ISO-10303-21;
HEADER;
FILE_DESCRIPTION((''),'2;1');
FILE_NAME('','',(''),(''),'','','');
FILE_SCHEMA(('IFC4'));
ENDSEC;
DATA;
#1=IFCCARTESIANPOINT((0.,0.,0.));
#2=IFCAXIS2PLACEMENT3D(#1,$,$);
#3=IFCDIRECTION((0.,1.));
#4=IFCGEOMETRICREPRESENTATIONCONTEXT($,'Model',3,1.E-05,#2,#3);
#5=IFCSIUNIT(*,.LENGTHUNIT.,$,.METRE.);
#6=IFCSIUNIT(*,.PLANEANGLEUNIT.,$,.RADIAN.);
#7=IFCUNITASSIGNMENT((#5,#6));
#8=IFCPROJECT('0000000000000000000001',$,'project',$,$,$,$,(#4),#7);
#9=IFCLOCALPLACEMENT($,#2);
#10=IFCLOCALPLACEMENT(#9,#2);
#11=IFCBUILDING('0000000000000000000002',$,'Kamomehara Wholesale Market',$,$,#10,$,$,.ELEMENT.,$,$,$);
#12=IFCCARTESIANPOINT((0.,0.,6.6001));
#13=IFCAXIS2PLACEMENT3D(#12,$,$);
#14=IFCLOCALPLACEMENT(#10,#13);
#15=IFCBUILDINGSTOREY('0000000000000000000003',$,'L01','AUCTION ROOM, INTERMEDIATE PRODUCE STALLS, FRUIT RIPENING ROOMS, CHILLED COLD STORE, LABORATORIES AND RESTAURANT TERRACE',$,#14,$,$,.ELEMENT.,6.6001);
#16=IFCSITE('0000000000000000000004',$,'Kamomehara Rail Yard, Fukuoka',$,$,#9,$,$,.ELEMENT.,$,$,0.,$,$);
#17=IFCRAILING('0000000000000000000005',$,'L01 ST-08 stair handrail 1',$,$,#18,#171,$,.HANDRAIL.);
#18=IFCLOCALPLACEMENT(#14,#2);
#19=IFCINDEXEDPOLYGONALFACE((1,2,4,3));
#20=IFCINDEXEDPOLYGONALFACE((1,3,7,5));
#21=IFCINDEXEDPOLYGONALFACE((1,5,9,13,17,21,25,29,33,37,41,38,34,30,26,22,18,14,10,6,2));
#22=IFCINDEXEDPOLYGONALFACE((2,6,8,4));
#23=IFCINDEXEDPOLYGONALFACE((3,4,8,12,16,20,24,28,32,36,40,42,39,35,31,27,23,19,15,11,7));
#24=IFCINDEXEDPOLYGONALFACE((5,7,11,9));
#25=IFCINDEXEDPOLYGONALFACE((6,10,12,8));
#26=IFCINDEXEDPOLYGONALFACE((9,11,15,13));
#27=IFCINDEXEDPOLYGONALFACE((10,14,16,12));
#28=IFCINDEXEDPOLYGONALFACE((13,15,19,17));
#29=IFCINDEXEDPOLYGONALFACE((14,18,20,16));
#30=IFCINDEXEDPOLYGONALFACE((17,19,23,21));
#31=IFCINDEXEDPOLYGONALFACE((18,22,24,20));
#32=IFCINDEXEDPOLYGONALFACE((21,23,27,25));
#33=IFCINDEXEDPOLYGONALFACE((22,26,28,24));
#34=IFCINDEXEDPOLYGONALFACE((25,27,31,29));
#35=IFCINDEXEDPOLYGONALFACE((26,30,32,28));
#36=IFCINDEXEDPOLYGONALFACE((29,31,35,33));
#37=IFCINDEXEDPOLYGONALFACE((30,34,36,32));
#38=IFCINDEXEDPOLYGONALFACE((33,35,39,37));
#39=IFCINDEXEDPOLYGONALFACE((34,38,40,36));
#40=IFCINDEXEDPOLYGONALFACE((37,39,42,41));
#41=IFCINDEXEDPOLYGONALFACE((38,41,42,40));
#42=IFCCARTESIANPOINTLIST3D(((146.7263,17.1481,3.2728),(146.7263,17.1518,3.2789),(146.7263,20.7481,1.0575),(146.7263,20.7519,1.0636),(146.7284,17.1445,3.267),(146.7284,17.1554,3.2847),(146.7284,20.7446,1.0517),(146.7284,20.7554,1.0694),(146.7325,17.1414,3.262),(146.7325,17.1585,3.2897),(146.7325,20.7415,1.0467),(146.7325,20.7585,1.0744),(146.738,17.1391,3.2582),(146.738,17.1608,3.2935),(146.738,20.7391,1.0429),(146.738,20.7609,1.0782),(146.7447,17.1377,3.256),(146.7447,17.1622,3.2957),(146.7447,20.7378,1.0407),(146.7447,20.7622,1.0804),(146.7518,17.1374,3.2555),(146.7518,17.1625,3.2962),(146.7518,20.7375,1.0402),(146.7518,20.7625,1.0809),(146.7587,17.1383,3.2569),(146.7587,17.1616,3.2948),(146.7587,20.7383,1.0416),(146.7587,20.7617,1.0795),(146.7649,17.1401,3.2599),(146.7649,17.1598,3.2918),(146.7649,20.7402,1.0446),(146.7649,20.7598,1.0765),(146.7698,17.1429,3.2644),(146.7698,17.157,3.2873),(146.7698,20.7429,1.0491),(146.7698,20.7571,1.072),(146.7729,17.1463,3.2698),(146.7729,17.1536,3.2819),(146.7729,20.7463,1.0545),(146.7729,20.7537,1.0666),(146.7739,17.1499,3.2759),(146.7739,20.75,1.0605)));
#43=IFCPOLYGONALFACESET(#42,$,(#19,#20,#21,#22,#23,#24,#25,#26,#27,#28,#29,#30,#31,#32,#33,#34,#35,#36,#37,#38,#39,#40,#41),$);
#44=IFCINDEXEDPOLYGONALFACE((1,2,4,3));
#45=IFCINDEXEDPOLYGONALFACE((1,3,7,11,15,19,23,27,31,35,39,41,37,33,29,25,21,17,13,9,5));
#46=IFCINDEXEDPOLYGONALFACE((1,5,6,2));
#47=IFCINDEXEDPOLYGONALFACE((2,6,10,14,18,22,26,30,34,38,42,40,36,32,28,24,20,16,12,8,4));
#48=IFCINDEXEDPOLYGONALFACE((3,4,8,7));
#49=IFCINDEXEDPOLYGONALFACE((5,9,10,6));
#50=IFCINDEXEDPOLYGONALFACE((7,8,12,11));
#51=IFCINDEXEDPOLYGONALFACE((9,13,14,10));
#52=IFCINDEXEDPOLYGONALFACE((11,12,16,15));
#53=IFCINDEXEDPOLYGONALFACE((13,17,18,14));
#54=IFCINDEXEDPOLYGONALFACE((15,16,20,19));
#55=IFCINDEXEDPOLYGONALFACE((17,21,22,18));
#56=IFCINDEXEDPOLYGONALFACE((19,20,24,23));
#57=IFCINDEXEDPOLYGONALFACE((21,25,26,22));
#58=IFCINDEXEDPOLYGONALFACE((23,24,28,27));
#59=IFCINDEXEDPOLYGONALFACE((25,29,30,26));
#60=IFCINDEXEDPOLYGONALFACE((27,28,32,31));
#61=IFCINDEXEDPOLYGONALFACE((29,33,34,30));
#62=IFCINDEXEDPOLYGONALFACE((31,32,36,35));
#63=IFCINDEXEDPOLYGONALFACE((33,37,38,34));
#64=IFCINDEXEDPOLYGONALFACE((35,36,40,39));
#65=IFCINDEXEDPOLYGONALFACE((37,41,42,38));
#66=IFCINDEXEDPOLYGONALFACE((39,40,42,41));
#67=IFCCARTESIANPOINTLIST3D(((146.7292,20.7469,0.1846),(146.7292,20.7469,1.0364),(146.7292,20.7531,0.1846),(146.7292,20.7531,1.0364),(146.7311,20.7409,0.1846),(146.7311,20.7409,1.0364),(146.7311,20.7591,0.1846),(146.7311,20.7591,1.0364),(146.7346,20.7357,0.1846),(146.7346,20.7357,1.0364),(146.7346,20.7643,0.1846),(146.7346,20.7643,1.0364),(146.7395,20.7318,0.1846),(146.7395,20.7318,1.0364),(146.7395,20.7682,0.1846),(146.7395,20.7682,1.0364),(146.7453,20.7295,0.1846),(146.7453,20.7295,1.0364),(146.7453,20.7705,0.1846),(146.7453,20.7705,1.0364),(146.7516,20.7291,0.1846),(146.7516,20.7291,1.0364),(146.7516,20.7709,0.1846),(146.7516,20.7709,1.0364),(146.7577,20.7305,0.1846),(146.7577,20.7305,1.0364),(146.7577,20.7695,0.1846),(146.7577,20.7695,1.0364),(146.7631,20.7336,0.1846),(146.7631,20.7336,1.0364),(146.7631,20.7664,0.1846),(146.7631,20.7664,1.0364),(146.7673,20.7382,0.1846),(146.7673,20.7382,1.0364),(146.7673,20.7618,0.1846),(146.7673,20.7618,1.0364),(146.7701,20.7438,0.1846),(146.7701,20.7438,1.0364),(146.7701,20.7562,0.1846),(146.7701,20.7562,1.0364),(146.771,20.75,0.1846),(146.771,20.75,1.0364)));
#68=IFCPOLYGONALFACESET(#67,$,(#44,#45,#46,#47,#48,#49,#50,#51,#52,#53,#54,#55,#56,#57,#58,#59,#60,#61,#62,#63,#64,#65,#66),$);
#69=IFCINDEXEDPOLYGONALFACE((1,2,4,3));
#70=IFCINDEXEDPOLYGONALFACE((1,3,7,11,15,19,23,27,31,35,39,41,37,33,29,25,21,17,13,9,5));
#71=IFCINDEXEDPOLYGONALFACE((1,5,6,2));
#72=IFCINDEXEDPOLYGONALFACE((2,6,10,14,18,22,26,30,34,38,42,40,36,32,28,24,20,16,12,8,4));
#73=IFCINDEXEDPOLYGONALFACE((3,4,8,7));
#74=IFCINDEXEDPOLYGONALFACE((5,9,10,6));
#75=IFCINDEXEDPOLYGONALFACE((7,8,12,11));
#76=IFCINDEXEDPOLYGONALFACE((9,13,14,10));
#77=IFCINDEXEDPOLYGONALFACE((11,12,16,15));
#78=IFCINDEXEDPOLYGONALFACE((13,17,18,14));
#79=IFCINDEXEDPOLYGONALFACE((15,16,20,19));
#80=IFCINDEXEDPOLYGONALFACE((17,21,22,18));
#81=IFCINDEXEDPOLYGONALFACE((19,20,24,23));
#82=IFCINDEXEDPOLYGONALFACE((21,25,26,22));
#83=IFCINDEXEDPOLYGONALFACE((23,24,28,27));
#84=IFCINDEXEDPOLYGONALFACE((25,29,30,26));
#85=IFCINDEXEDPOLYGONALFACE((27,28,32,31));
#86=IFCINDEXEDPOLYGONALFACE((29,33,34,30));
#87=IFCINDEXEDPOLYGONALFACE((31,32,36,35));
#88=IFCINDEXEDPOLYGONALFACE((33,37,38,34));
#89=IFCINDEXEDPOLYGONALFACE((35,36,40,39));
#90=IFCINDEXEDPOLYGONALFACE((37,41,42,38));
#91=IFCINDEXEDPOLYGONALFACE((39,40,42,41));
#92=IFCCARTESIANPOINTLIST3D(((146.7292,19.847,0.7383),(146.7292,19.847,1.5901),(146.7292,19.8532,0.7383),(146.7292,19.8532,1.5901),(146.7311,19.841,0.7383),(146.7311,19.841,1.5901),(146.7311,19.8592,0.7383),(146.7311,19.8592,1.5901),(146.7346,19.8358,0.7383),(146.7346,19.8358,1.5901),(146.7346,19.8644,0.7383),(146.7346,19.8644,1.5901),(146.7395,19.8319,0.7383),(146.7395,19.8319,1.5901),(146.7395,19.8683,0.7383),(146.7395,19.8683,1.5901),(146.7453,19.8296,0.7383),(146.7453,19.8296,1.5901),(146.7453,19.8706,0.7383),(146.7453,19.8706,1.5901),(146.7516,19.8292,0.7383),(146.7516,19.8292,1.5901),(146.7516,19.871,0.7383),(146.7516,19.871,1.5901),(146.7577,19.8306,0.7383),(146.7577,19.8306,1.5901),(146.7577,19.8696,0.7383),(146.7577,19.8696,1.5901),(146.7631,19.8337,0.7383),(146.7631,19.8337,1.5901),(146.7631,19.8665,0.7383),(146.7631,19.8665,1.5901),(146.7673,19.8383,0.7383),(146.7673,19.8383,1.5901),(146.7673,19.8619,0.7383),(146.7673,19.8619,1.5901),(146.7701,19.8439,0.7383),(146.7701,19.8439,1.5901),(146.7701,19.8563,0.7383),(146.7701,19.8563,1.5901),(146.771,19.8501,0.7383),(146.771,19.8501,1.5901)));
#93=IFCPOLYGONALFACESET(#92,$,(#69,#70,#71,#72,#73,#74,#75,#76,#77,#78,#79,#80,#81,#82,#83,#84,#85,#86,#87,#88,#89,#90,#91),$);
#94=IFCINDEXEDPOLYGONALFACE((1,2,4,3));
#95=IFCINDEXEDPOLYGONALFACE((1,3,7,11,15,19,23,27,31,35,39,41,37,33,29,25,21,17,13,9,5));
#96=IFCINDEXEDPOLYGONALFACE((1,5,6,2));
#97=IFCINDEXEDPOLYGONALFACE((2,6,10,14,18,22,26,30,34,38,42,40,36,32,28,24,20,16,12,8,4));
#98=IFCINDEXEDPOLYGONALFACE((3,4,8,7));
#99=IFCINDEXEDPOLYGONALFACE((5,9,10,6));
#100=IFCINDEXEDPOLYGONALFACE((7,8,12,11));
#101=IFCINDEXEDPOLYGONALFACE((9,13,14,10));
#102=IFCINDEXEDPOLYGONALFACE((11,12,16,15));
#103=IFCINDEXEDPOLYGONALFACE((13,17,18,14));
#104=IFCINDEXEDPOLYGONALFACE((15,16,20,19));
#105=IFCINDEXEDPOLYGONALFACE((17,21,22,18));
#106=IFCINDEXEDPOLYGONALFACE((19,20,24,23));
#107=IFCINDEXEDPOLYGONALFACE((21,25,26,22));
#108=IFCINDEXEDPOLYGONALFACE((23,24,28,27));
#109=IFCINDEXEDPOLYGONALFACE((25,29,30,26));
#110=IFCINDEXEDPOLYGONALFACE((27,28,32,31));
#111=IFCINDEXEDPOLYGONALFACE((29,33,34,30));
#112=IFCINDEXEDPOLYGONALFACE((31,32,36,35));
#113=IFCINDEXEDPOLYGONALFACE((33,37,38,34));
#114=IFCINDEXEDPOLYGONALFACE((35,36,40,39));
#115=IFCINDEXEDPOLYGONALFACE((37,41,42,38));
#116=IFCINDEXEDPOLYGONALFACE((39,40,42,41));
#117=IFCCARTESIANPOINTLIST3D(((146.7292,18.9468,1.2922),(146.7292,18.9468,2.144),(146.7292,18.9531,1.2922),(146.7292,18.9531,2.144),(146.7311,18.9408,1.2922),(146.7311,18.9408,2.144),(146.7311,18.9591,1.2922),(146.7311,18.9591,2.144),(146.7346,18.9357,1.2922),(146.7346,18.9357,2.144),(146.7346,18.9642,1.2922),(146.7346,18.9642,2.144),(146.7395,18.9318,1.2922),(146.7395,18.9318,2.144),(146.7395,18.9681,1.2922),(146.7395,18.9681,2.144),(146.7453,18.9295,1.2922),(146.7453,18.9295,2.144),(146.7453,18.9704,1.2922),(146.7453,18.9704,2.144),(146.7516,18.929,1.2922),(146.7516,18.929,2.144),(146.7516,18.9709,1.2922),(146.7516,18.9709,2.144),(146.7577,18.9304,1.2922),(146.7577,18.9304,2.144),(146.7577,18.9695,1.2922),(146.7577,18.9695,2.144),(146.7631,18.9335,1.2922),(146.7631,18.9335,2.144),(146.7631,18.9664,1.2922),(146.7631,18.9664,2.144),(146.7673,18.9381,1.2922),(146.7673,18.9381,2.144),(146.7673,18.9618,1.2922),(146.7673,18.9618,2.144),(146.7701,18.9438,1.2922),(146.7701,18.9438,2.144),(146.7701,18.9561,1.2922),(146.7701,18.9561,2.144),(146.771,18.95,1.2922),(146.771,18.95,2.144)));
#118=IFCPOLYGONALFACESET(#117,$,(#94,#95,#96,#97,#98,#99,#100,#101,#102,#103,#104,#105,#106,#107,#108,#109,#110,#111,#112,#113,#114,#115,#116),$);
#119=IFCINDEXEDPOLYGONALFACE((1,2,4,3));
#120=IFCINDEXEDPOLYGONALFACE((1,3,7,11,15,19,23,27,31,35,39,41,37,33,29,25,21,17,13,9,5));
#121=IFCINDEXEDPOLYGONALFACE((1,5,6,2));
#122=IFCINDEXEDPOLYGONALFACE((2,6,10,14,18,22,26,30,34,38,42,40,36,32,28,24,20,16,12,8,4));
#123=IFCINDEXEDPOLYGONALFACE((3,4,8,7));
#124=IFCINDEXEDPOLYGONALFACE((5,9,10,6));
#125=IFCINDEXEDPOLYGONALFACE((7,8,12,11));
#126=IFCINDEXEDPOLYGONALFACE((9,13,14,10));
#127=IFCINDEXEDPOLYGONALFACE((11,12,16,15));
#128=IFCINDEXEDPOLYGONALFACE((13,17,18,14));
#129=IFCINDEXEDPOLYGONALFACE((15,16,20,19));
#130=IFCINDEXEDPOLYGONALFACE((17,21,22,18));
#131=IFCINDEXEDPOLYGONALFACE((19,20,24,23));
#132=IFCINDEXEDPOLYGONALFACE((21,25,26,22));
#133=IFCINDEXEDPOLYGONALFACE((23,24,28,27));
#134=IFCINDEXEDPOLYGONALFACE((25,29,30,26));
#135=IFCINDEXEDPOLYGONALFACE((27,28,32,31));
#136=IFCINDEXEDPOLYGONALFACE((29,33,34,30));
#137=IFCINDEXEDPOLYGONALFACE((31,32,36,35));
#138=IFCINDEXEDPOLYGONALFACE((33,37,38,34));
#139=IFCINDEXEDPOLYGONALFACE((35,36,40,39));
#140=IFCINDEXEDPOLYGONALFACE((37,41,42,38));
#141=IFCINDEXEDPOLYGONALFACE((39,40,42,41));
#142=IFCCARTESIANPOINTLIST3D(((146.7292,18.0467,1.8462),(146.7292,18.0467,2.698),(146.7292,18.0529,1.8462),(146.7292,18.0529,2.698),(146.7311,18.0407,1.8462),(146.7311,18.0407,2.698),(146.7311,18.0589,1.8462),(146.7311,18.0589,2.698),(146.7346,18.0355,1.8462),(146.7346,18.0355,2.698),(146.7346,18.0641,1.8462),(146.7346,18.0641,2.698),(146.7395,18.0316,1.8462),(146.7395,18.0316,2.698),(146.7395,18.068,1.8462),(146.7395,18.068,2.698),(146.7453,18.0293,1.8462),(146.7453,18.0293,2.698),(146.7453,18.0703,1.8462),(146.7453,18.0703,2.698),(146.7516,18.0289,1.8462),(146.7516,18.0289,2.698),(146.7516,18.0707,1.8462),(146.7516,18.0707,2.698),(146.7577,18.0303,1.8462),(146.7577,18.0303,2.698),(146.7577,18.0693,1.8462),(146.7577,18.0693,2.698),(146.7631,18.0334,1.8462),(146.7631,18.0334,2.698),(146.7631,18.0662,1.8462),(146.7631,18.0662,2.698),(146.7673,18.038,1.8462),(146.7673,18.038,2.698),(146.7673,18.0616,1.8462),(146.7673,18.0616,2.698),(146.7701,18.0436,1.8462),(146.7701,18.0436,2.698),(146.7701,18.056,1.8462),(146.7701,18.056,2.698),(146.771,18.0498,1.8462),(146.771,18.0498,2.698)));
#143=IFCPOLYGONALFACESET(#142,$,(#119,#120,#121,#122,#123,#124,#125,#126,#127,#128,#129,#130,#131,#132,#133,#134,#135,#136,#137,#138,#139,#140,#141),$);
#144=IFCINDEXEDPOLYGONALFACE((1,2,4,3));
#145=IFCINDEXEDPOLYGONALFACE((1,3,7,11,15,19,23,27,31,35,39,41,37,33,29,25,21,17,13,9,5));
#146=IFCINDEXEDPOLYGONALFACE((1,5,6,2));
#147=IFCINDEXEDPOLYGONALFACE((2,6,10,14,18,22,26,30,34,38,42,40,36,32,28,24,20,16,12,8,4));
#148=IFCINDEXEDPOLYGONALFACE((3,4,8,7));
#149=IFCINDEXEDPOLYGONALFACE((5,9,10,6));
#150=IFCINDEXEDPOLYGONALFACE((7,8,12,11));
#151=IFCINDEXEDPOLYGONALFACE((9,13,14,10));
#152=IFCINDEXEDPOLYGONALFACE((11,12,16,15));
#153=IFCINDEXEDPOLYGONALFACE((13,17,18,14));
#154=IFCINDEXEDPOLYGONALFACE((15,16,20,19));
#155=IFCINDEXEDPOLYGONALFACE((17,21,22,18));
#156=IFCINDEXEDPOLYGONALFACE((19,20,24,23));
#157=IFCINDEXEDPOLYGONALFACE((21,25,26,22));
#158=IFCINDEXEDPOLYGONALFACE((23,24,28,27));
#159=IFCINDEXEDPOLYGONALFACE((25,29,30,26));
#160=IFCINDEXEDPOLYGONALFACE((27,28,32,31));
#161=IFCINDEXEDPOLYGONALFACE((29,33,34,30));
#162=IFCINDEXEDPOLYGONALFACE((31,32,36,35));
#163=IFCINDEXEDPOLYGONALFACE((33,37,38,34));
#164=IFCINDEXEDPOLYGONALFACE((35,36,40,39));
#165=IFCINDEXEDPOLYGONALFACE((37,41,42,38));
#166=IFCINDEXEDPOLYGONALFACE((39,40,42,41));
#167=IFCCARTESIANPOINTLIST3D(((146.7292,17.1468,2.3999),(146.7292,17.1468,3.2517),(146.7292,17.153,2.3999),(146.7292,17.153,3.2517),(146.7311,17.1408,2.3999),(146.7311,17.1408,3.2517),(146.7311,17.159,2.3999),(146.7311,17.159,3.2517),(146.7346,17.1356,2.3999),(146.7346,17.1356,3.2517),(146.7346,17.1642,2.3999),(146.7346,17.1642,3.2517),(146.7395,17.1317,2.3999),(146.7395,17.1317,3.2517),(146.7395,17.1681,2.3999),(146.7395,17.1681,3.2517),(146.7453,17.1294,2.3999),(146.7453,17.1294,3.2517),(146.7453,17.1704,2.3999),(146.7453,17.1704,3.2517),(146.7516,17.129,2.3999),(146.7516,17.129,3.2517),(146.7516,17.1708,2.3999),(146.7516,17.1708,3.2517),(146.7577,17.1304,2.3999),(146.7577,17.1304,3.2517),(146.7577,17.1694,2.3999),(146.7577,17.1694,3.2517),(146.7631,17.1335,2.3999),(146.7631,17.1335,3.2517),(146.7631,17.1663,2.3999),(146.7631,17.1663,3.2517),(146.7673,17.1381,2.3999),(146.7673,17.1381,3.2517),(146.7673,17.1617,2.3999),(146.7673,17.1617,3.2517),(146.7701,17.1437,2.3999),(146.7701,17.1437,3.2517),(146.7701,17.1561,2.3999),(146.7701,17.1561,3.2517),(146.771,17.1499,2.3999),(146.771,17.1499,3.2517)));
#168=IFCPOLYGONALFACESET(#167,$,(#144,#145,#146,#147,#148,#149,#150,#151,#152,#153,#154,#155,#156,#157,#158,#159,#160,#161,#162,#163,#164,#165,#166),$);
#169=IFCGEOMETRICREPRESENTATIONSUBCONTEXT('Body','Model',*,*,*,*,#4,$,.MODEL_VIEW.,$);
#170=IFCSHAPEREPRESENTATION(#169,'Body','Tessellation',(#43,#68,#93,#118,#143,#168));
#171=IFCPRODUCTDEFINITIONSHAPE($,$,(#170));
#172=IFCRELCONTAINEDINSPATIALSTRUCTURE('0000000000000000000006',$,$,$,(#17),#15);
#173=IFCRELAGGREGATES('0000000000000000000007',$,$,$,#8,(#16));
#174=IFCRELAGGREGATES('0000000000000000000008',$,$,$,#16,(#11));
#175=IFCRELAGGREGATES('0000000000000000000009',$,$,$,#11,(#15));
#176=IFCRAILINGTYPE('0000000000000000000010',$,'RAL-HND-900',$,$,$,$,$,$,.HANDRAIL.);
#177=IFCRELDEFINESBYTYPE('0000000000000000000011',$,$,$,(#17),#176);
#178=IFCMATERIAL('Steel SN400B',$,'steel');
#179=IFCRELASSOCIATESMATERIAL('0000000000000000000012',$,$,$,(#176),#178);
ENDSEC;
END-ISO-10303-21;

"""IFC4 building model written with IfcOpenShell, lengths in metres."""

from ifc_helpers import new_model, si_unit, direction, frame, origin, origin_2d, place, context, subcontext, project, spatial, circle, extrude, material, type_object, element, save


model = new_model("IFC4")

# Units and contexts
model_context = context("Model", 3, precision=1e-05, world=origin(), true_north=direction((0.0, 1.0)))
body_context = subcontext(model_context, "Body", "Model", "MODEL_VIEW")
ifc_project = project(units=[si_unit("LENGTHUNIT", "METRE"), si_unit("PLANEANGLEUNIT", "RADIAN")], contexts=[model_context])

# Site, building, storey
site_placement = place(None, origin())
site = spatial("IfcSite", under=ifc_project, at=site_placement, Name="Kamomehara Rail Yard, Fukuoka", CompositionType="ELEMENT", RefElevation=0.0)
building_placement = place(site_placement, origin())
building = spatial("IfcBuilding", under=site, at=building_placement, Name="Kamomehara Wholesale Market", CompositionType="ELEMENT")
storey_placement = place(building_placement, frame((0.0, 0.0, 6.6001)))
storey = spatial("IfcBuildingStorey", under=building, at=storey_placement, Name="L01", Description="AUCTION ROOM, INTERMEDIATE PRODUCE STALLS, FRUIT RIPENING ROOMS, CHILLED COLD STORE, LABORATORIES AND RESTAURANT TERRACE", CompositionType="ELEMENT", Elevation=6.6001)

# Railing
ifc_material_1 = material(Name="Steel SN400B", Category="steel")
railing_type_1 = type_object("IfcRailingType", Name="RAL-HND-900", PredefinedType="HANDRAIL", material=ifc_material_1)
railing_1_placement = place(storey_placement, frame((146.75, 20.75, 0.1846)))
element("IfcRailing", 1, at=railing_1_placement, inside=storey, type_object=railing_type_1, Name="L01 ST-08 stair handrail 1", PredefinedType="HANDRAIL", context=body_context, shape_type="SweptSolid", body=[
    extrude(circle(Radius=0.0239, at=origin_2d()), frame((0.0, 0.0, 0.876), z_axis=(0.0, -0.85167, 0.524078), x_axis=(1.0, 0.0, 0.0)), (0.0, 0.0, 1.0), 4.2271),
    extrude(circle(Radius=0.021, at=origin_2d()), origin(), (0.0, 0.0, 1.0), 0.8518),
    extrude(circle(Radius=0.021, at=origin_2d()), frame((0.0, -0.8999, 0.5537)), (0.0, 0.0, 1.0), 0.8518),
    extrude(circle(Radius=0.021, at=origin_2d()), frame((0.0, -1.8, 1.1077)), (0.0, 0.0, 1.0), 0.8518),
    extrude(circle(Radius=0.021, at=origin_2d()), frame((0.0, -2.7002, 1.6616)), (0.0, 0.0, 1.0), 0.8518),
    extrude(circle(Radius=0.021, at=origin_2d()), frame((0.0, -3.6001, 2.2153)), (0.0, 0.0, 1.0), 0.8518),
])

save(model, "model.ifc")
